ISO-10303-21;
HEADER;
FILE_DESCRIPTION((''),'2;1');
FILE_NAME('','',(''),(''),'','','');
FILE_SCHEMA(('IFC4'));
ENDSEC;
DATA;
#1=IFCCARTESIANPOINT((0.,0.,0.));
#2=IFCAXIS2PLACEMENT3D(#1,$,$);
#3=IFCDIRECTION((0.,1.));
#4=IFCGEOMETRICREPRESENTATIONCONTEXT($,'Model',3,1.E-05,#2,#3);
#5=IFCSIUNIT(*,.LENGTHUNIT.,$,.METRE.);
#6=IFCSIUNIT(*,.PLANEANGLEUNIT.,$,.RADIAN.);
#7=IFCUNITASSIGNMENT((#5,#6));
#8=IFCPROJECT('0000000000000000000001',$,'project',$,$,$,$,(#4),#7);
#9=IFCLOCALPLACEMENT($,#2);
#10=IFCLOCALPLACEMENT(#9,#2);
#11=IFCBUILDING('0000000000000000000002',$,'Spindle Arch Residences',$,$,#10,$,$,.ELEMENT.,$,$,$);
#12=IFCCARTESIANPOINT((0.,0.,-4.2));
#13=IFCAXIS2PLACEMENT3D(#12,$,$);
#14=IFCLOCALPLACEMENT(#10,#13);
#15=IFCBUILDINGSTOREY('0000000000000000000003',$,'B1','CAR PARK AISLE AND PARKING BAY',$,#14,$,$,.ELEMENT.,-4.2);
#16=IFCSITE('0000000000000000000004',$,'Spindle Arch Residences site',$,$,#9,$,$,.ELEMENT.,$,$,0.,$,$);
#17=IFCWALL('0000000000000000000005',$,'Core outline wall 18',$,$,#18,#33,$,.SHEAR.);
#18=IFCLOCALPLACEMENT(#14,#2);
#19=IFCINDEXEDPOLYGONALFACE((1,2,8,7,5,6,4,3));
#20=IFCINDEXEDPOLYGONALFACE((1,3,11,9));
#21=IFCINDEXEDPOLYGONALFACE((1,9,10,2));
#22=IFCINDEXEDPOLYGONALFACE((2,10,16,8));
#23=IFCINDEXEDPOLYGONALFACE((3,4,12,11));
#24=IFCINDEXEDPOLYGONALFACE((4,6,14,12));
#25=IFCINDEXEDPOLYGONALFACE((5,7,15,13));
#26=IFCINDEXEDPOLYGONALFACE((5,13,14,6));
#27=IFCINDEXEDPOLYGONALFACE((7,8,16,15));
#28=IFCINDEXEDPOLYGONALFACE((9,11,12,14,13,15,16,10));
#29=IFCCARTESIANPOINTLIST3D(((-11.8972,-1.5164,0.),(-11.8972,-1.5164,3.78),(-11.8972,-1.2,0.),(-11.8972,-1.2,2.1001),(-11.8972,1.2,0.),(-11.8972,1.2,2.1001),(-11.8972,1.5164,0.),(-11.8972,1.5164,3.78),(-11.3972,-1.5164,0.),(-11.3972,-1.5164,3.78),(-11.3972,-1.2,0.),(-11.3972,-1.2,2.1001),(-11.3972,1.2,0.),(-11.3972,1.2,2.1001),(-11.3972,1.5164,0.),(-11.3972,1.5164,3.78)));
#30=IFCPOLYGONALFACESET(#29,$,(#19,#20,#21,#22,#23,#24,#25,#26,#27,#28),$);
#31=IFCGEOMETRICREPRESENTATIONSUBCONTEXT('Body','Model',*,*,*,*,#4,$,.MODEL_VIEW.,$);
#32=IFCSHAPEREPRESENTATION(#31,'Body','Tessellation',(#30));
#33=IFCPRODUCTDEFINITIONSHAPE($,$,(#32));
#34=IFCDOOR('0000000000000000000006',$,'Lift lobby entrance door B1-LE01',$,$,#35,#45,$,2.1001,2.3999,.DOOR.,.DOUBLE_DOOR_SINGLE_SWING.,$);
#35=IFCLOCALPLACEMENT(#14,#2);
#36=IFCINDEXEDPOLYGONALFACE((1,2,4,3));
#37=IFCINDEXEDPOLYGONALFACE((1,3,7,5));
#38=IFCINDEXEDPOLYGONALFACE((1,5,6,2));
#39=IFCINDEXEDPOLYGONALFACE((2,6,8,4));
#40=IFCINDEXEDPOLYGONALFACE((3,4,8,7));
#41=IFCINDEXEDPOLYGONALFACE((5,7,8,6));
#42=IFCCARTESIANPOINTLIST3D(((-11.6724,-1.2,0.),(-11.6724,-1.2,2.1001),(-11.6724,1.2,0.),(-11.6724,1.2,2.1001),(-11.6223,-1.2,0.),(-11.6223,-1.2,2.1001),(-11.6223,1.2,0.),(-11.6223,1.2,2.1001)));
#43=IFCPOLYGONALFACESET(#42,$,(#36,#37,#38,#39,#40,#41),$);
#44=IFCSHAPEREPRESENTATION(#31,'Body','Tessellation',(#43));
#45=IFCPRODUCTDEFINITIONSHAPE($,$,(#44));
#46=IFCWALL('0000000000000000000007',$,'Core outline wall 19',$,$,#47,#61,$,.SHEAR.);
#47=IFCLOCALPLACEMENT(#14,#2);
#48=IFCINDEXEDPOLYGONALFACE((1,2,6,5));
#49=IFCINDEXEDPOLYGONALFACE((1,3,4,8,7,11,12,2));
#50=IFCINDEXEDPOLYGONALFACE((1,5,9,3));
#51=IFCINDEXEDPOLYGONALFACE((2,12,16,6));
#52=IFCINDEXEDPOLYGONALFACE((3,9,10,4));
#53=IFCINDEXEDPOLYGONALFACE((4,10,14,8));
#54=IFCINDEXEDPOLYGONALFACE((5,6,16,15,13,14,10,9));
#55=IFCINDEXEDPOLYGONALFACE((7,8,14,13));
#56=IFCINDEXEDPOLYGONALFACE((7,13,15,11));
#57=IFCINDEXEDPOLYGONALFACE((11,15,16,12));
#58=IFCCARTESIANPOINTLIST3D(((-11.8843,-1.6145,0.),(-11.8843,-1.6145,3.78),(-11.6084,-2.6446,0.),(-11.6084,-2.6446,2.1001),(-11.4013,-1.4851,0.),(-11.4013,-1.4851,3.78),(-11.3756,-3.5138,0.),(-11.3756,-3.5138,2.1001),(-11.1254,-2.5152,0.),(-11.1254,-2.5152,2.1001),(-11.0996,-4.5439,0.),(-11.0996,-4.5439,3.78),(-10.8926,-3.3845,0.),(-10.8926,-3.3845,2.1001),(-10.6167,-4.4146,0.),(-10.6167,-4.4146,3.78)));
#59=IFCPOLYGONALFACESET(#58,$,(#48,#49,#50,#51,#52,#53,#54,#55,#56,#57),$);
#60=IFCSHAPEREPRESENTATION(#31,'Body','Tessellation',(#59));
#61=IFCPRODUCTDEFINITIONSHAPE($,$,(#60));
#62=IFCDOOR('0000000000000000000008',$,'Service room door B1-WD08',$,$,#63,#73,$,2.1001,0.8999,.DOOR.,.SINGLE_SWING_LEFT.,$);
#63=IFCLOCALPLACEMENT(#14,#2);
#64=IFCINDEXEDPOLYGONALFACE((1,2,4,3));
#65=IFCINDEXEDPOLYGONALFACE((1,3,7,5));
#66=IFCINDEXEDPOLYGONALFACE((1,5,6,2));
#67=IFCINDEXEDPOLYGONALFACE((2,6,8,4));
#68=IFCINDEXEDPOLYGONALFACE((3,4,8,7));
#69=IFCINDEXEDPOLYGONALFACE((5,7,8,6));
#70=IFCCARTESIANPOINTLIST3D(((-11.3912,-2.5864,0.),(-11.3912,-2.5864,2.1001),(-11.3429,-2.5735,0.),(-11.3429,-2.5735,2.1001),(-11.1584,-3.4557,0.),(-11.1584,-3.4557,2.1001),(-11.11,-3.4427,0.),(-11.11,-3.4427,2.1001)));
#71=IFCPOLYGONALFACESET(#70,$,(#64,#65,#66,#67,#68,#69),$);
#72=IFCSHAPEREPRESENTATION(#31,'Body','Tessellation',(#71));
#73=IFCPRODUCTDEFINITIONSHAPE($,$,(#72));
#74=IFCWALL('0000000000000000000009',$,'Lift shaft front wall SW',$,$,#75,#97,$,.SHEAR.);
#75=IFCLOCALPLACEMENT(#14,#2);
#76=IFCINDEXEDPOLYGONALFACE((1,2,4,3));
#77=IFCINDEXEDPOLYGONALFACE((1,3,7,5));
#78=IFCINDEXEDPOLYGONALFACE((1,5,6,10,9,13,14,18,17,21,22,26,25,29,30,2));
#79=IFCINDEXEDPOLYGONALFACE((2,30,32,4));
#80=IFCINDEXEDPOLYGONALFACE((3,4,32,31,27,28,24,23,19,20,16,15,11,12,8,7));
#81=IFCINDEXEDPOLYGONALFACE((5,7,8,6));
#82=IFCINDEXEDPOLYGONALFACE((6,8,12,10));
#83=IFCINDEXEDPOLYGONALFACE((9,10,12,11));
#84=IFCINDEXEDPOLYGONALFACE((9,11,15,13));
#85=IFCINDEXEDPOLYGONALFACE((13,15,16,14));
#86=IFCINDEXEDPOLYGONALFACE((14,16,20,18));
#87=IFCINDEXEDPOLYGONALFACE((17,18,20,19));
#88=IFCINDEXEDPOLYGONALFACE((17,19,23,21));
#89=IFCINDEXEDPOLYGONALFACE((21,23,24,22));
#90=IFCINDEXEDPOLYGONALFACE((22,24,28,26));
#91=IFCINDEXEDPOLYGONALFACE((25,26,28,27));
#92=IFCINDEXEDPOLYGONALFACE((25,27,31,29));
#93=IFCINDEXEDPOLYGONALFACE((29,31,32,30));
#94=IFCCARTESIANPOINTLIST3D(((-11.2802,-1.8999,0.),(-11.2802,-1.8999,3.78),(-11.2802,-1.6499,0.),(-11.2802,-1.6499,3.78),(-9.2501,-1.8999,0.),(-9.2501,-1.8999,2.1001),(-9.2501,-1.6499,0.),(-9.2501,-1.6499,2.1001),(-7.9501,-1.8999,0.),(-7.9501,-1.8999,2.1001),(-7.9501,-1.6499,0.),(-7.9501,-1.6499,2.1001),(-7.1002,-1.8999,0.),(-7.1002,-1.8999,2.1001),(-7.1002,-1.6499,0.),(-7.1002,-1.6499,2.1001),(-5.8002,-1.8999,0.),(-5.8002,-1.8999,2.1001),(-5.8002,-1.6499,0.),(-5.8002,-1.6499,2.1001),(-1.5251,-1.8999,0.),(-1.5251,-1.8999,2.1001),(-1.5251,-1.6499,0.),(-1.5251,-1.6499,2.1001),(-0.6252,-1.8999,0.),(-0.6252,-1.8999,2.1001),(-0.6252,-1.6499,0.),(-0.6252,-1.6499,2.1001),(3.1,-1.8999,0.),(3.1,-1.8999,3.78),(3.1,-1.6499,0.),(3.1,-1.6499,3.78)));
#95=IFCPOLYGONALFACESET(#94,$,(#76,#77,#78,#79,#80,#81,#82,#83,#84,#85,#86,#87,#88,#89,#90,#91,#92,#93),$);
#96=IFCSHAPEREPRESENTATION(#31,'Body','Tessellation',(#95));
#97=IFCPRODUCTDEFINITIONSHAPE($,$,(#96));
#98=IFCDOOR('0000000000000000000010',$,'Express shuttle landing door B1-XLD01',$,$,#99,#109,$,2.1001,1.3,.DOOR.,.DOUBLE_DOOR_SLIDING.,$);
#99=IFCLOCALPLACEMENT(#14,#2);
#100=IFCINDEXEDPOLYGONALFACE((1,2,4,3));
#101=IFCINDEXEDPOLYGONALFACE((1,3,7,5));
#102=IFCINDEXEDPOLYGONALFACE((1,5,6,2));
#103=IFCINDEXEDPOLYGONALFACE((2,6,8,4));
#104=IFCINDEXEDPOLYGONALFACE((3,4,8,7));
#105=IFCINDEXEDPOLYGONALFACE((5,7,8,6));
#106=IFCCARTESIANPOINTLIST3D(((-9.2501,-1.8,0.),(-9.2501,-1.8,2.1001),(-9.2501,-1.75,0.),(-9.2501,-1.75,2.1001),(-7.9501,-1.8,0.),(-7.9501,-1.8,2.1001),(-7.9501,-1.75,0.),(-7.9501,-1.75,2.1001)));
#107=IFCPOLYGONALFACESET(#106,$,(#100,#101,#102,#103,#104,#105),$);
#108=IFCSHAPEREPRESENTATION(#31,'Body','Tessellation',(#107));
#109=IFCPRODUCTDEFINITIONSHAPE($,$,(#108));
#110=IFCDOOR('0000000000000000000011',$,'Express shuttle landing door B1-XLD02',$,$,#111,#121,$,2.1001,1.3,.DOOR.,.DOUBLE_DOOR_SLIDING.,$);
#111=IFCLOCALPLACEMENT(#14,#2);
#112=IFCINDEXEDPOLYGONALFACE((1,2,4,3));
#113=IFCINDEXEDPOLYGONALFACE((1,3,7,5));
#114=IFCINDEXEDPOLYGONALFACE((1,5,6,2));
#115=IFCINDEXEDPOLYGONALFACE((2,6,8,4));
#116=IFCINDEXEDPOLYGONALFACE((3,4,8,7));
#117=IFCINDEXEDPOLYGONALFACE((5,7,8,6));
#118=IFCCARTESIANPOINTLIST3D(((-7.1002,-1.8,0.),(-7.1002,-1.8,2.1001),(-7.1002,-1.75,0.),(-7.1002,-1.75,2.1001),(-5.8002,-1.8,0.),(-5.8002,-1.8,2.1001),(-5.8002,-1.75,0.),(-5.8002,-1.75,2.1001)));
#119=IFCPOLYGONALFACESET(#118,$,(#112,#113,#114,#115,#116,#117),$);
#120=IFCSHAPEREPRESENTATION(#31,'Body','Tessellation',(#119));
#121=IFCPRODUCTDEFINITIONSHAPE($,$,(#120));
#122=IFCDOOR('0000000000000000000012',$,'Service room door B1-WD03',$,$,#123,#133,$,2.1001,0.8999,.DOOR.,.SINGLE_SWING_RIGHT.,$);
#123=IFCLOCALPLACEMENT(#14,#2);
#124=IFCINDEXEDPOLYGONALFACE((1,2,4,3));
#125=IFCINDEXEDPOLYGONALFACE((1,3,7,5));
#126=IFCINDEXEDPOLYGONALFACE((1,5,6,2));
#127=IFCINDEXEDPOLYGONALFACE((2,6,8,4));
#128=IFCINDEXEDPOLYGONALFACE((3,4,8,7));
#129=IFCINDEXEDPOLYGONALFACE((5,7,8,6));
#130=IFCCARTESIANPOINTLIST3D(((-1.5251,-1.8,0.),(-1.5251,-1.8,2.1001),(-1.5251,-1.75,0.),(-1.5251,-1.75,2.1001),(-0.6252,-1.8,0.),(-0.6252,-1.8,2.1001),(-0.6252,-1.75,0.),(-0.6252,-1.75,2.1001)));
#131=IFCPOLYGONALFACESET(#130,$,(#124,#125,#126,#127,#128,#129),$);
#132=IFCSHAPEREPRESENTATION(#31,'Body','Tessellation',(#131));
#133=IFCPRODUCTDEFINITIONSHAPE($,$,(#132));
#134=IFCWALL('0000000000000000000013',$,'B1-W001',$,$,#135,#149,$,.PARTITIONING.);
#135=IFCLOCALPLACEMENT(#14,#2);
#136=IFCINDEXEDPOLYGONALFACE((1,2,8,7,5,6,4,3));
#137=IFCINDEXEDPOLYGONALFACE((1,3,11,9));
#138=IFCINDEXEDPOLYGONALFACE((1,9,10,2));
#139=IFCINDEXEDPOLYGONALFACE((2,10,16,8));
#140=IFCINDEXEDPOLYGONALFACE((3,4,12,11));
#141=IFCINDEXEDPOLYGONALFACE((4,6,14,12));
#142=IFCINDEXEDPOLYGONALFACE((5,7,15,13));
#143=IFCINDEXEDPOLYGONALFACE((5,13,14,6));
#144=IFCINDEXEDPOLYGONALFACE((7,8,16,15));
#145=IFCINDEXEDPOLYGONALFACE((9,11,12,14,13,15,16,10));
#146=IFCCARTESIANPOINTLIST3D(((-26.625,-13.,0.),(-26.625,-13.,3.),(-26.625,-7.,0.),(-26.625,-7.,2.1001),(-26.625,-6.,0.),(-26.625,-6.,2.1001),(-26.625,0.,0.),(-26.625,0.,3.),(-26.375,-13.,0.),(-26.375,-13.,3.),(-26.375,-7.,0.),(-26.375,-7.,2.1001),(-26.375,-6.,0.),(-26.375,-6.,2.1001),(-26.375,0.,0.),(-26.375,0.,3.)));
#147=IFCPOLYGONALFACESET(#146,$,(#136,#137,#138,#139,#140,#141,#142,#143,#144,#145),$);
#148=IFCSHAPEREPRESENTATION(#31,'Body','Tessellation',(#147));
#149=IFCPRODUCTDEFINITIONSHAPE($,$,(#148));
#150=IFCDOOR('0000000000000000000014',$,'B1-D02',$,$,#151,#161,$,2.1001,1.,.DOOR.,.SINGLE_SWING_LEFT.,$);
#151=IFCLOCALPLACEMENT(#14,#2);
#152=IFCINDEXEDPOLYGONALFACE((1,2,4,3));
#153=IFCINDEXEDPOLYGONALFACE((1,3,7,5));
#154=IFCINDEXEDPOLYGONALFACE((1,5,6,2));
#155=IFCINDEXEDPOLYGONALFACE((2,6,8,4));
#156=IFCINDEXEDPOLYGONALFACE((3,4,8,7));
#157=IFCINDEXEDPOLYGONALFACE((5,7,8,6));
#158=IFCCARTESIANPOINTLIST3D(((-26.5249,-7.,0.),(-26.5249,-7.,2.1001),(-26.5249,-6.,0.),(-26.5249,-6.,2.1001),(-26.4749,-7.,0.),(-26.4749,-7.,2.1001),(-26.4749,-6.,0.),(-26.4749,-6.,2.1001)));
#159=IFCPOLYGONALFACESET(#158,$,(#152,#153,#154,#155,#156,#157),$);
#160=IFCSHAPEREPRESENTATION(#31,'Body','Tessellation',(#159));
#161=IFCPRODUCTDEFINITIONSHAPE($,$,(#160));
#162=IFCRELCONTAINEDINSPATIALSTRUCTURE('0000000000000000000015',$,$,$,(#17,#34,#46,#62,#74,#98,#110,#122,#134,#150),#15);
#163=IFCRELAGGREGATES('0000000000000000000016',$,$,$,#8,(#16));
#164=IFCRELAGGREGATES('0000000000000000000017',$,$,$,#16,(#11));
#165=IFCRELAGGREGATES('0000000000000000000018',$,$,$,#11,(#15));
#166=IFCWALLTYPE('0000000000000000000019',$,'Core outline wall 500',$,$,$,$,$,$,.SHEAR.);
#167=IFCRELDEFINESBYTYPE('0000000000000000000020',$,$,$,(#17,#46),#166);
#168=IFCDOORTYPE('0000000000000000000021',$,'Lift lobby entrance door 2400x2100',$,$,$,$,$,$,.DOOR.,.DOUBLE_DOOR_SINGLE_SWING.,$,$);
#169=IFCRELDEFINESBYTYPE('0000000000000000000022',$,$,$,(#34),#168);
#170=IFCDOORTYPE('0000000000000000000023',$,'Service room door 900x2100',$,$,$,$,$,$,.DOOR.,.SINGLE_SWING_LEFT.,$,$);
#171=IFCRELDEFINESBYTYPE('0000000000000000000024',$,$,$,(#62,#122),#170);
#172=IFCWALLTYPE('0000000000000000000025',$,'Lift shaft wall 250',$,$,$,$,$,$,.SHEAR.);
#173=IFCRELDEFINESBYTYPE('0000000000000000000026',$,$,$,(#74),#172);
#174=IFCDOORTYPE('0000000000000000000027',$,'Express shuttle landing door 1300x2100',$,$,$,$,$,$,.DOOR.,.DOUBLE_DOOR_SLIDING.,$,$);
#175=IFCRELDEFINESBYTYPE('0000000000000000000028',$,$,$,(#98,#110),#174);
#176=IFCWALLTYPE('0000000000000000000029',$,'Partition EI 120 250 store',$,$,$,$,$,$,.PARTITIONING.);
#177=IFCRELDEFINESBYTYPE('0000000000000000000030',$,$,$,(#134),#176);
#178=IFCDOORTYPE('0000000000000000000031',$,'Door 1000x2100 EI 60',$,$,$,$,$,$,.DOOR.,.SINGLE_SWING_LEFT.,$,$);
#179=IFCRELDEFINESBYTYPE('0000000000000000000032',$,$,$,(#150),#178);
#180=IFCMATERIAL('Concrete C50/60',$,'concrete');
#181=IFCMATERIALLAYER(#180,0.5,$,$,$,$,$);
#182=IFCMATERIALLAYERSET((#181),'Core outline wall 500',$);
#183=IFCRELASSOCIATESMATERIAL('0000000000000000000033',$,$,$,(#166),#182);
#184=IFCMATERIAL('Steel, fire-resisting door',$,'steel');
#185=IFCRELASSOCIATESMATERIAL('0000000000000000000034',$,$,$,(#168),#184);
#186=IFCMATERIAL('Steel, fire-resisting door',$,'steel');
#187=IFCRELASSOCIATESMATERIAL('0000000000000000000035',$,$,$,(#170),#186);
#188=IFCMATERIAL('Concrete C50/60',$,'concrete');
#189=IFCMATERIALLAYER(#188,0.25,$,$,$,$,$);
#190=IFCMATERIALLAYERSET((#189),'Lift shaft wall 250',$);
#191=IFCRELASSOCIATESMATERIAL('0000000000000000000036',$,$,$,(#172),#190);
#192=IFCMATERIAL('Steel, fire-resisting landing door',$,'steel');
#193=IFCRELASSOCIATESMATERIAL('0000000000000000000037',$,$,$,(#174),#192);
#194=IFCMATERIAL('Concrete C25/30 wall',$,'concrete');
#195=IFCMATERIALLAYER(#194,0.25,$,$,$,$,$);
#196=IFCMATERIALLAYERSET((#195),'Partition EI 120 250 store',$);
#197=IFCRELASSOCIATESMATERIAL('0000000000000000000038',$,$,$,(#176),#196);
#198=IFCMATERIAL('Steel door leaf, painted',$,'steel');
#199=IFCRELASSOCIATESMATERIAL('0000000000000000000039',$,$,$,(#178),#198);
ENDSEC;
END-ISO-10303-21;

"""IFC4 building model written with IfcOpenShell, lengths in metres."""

from ifc_helpers import new_model, si_unit, direction, frame, frame_2d, origin, place, context, subcontext, project, spatial, rectangle, extrude, material, layer, layer_set, type_object, element, fill, save


model = new_model("IFC4")

# Units and contexts
model_context = context("Model", 3, precision=1e-05, world=origin(), true_north=direction((0.0, 1.0)))
body_context = subcontext(model_context, "Body", "Model", "MODEL_VIEW")
ifc_project = project(units=[si_unit("LENGTHUNIT", "METRE"), si_unit("PLANEANGLEUNIT", "RADIAN")], contexts=[model_context])

# Site, building, storey
site_placement = place(None, origin())
site = spatial("IfcSite", under=ifc_project, at=site_placement, Name="Spindle Arch Residences site", CompositionType="ELEMENT", RefElevation=0.0)
building_placement = place(site_placement, origin())
building = spatial("IfcBuilding", under=site, at=building_placement, Name="Spindle Arch Residences", CompositionType="ELEMENT")
storey_placement = place(building_placement, frame((0.0, 0.0, -4.2)))
storey = spatial("IfcBuildingStorey", under=building, at=storey_placement, Name="B1", Description="CAR PARK AISLE AND PARKING BAY", CompositionType="ELEMENT", Elevation=-4.2)

# Walls, openings, doors
ifc_material_1 = material(Name="Concrete C50/60", Category="concrete")
ifc_layer_1 = layer(ifc_material_1, 0.5)
ifc_layer_set_1 = layer_set([ifc_layer_1], Name="Core outline wall 500")
wall_type_1 = type_object("IfcWallType", Name="Core outline wall 500", PredefinedType="SHEAR", material=ifc_layer_set_1)
wall_1_placement = place(storey_placement, frame((-11.6472, 1.5164, 0.0), z_axis=(0.0, 0.0, 1.0), x_axis=(0.0, -1.0, 0.0)))
wall_1 = element("IfcWall", 1, at=wall_1_placement, inside=storey, type_object=wall_type_1, Name="Core outline wall 18", PredefinedType="SHEAR", context=body_context, shape_type="SweptSolid", body=[
    extrude(rectangle(XDim=3.0327, YDim=0.5, at=frame_2d((1.5164, 0.0))), origin(), (0.0, 0.0, 1.0), 3.78),
])
opening_1_placement = place(wall_1_placement, frame((0.3164, 0.0, 0.0)))
opening_1 = element("IfcOpeningElement", 2, at=opening_1_placement, cuts=wall_1, PredefinedType="OPENING", context=body_context, shape_type="SweptSolid", body=[
    extrude(rectangle(XDim=2.3999, YDim=2.1001, at=frame_2d((1.2, 1.05))), frame((0.0, 0.26, 0.0), z_axis=(0.0, -1.0, 0.0), x_axis=(1.0, 0.0, 0.0)), (0.0, 0.0, 1.0), 0.52),
])
ifc_material_2 = material(Name="Steel, fire-resisting door", Category="steel")
door_type_1 = type_object("IfcDoorType", Name="Lift lobby entrance door 2400x2100", OperationType="DOUBLE_DOOR_SINGLE_SWING", PredefinedType="DOOR", material=ifc_material_2)
door_1_placement = place(opening_1_placement, origin())
door_1 = element("IfcDoor", 3, at=door_1_placement, inside=storey, type_object=door_type_1, Name="Lift lobby entrance door B1-LE01", OperationType="DOUBLE_DOOR_SINGLE_SWING", OverallHeight=2.1001, OverallWidth=2.3999, PredefinedType="DOOR", context=body_context, shape_type="SweptSolid", body=[
    extrude(rectangle(XDim=2.3999, YDim=2.1001, at=frame_2d((1.2, 1.05))), frame((0.0, 0.0249, 0.0), z_axis=(0.0, -1.0, 0.0), x_axis=(1.0, 0.0, 0.0)), (0.0, 0.0, 1.0), 0.05),
])
fill(opening_1, door_1)
wall_2_placement = place(storey_placement, frame((-11.6428, -1.5498, 0.0), z_axis=(0.0, 0.0, 1.0), x_axis=(0.258735, -0.965948, 0.0)))
wall_2 = element("IfcWall", 4, at=wall_2_placement, inside=storey, type_object=wall_type_1, Name="Core outline wall 19", PredefinedType="SHEAR", context=body_context, shape_type="SweptSolid", body=[
    extrude(rectangle(XDim=3.0327, YDim=0.5, at=frame_2d((1.5164, 0.0))), origin(), (0.0, 0.0, 1.0), 3.78),
])
opening_2_placement = place(wall_2_placement, frame((1.0664, 0.0, 0.0)))
opening_2 = element("IfcOpeningElement", 5, at=opening_2_placement, cuts=wall_2, PredefinedType="OPENING", context=body_context, shape_type="SweptSolid", body=[
    extrude(rectangle(XDim=0.8999, YDim=2.1001, at=frame_2d((0.45, 1.05))), frame((0.0, 0.26, 0.0), z_axis=(0.0, -1.0, 0.0), x_axis=(1.0, 0.0, 0.0)), (0.0, 0.0, 1.0), 0.52),
])
ifc_material_3 = material(Name="Steel, fire-resisting door", Category="steel")
door_type_2 = type_object("IfcDoorType", Name="Service room door 900x2100", OperationType="SINGLE_SWING_LEFT", PredefinedType="DOOR", material=ifc_material_3)
door_2_placement = place(opening_2_placement, origin())
door_2 = element("IfcDoor", 6, at=door_2_placement, inside=storey, type_object=door_type_2, Name="Service room door B1-WD08", OperationType="SINGLE_SWING_LEFT", OverallHeight=2.1001, OverallWidth=0.8999, PredefinedType="DOOR", context=body_context, shape_type="SweptSolid", body=[
    extrude(rectangle(XDim=0.8999, YDim=2.1001, at=frame_2d((0.45, 1.05))), frame((0.0, 0.0249, 0.0), z_axis=(0.0, -1.0, 0.0), x_axis=(1.0, 0.0, 0.0)), (0.0, 0.0, 1.0), 0.05),
])
fill(opening_2, door_2)

# Wall, openings, doors
ifc_material_4 = material(Name="Concrete C50/60", Category="concrete")
ifc_layer_2 = layer(ifc_material_4, 0.25)
ifc_layer_set_2 = layer_set([ifc_layer_2], Name="Lift shaft wall 250")
wall_type_2 = type_object("IfcWallType", Name="Lift shaft wall 250", PredefinedType="SHEAR", material=ifc_layer_set_2)
wall_3_placement = place(storey_placement, frame((-11.28, -1.7749, 0.0), z_axis=(0.0, 0.0, 1.0), x_axis=(1.0, 0.0, 0.0)))
wall_3 = element("IfcWall", 7, at=wall_3_placement, inside=storey, type_object=wall_type_2, Name="Lift shaft front wall SW", PredefinedType="SHEAR", context=body_context, shape_type="SweptSolid", body=[
    extrude(rectangle(XDim=14.3801, YDim=0.25, at=frame_2d((7.1899, 0.0))), origin(), (0.0, 0.0, 1.0), 3.78),
])
opening_3_placement = place(wall_3_placement, frame((2.03, 0.0, 0.0)))
opening_3 = element("IfcOpeningElement", 8, at=opening_3_placement, cuts=wall_3, PredefinedType="OPENING", context=body_context, shape_type="SweptSolid", body=[
    extrude(rectangle(XDim=1.3, YDim=2.1001, at=frame_2d((0.6499, 1.05))), frame((0.0, 0.135, 0.0), z_axis=(0.0, -1.0, 0.0), x_axis=(1.0, 0.0, 0.0)), (0.0, 0.0, 1.0), 0.27),
])
opening_4_placement = place(wall_3_placement, frame((4.1799, 0.0, 0.0)))
opening_4 = element("IfcOpeningElement", 9, at=opening_4_placement, cuts=wall_3, PredefinedType="OPENING", context=body_context, shape_type="SweptSolid", body=[
    extrude(rectangle(XDim=1.3, YDim=2.1001, at=frame_2d((0.6499, 1.05))), frame((0.0, 0.135, 0.0), z_axis=(0.0, -1.0, 0.0), x_axis=(1.0, 0.0, 0.0)), (0.0, 0.0, 1.0), 0.27),
])
opening_5_placement = place(wall_3_placement, frame((9.7549, 0.0, 0.0)))
opening_5 = element("IfcOpeningElement", 10, at=opening_5_placement, cuts=wall_3, PredefinedType="OPENING", context=body_context, shape_type="SweptSolid", body=[
    extrude(rectangle(XDim=0.8999, YDim=2.1001, at=frame_2d((0.45, 1.05))), frame((0.0, 0.135, 0.0), z_axis=(0.0, -1.0, 0.0), x_axis=(1.0, 0.0, 0.0)), (0.0, 0.0, 1.0), 0.27),
])
ifc_material_5 = material(Name="Steel, fire-resisting landing door", Category="steel")
door_type_3 = type_object("IfcDoorType", Name="Express shuttle landing door 1300x2100", OperationType="DOUBLE_DOOR_SLIDING", PredefinedType="DOOR", material=ifc_material_5)
door_3_placement = place(opening_3_placement, origin())
door_3 = element("IfcDoor", 11, at=door_3_placement, inside=storey, type_object=door_type_3, Name="Express shuttle landing door B1-XLD01", OperationType="DOUBLE_DOOR_SLIDING", OverallHeight=2.1001, OverallWidth=1.3, PredefinedType="DOOR", context=body_context, shape_type="SweptSolid", body=[
    extrude(rectangle(XDim=1.3, YDim=2.1001, at=frame_2d((0.6499, 1.05))), frame((0.0, 0.0249, 0.0), z_axis=(0.0, -1.0, 0.0), x_axis=(1.0, 0.0, 0.0)), (0.0, 0.0, 1.0), 0.05),
])
fill(opening_3, door_3)
door_4_placement = place(opening_4_placement, origin())
door_4 = element("IfcDoor", 12, at=door_4_placement, inside=storey, type_object=door_type_3, Name="Express shuttle landing door B1-XLD02", OperationType="DOUBLE_DOOR_SLIDING", OverallHeight=2.1001, OverallWidth=1.3, PredefinedType="DOOR", context=body_context, shape_type="SweptSolid", body=[
    extrude(rectangle(XDim=1.3, YDim=2.1001, at=frame_2d((0.6499, 1.05))), frame((0.0, 0.0249, 0.0), z_axis=(0.0, -1.0, 0.0), x_axis=(1.0, 0.0, 0.0)), (0.0, 0.0, 1.0), 0.05),
])
fill(opening_4, door_4)
door_5_placement = place(opening_5_placement, origin())
door_5 = element("IfcDoor", 13, at=door_5_placement, inside=storey, type_object=door_type_2, Name="Service room door B1-WD03", OperationType="SINGLE_SWING_RIGHT", OverallHeight=2.1001, OverallWidth=0.8999, PredefinedType="DOOR", context=body_context, shape_type="SweptSolid", body=[
    extrude(rectangle(XDim=0.8999, YDim=2.1001, at=frame_2d((0.45, 1.05))), frame((0.0, 0.0249, 0.0), z_axis=(0.0, -1.0, 0.0), x_axis=(1.0, 0.0, 0.0)), (0.0, 0.0, 1.0), 0.05),
])
fill(opening_5, door_5)

# Wall, opening, door
ifc_material_6 = material(Name="Concrete C25/30 wall", Category="concrete")
ifc_layer_3 = layer(ifc_material_6, 0.25)
ifc_layer_set_3 = layer_set([ifc_layer_3], Name="Partition EI 120 250 store")
wall_type_3 = type_object("IfcWallType", Name="Partition EI 120 250 store", PredefinedType="PARTITIONING", material=ifc_layer_set_3)
wall_4_placement = place(storey_placement, frame((-26.5, -13.0, 0.0), z_axis=(0.0, 0.0, 1.0), x_axis=(0.0, 1.0, 0.0)))
wall_4 = element("IfcWall", 14, at=wall_4_placement, inside=storey, type_object=wall_type_3, Name="B1-W001", PredefinedType="PARTITIONING", context=body_context, shape_type="SweptSolid", body=[
    extrude(rectangle(XDim=13.0, YDim=0.25, at=frame_2d((6.5, 0.0))), origin(), (0.0, 0.0, 1.0), 3.0),
])
opening_6_placement = place(wall_4_placement, frame((6.0, 0.0, 0.0)))
opening_6 = element("IfcOpeningElement", 15, at=opening_6_placement, cuts=wall_4, PredefinedType="OPENING", context=body_context, shape_type="SweptSolid", body=[
    extrude(rectangle(XDim=1.0, YDim=2.1001, at=frame_2d((0.5, 1.05))), frame((0.0, 0.135, 0.0), z_axis=(0.0, -1.0, 0.0), x_axis=(1.0, 0.0, 0.0)), (0.0, 0.0, 1.0), 0.27),
])
ifc_material_7 = material(Name="Steel door leaf, painted", Category="steel")
door_type_4 = type_object("IfcDoorType", Name="Door 1000x2100 EI 60", OperationType="SINGLE_SWING_LEFT", PredefinedType="DOOR", material=ifc_material_7)
door_6_placement = place(opening_6_placement, origin())
door_6 = element("IfcDoor", 16, at=door_6_placement, inside=storey, type_object=door_type_4, Name="B1-D02", OperationType="SINGLE_SWING_LEFT", OverallHeight=2.1001, OverallWidth=1.0, PredefinedType="DOOR", context=body_context, shape_type="SweptSolid", body=[
    extrude(rectangle(XDim=1.0, YDim=2.1001, at=frame_2d((0.5, 1.05))), frame((0.0, 0.0249, 0.0), z_axis=(0.0, -1.0, 0.0), x_axis=(1.0, 0.0, 0.0)), (0.0, 0.0, 1.0), 0.05),
])
fill(opening_6, door_6)

save(model, "model.ifc")
